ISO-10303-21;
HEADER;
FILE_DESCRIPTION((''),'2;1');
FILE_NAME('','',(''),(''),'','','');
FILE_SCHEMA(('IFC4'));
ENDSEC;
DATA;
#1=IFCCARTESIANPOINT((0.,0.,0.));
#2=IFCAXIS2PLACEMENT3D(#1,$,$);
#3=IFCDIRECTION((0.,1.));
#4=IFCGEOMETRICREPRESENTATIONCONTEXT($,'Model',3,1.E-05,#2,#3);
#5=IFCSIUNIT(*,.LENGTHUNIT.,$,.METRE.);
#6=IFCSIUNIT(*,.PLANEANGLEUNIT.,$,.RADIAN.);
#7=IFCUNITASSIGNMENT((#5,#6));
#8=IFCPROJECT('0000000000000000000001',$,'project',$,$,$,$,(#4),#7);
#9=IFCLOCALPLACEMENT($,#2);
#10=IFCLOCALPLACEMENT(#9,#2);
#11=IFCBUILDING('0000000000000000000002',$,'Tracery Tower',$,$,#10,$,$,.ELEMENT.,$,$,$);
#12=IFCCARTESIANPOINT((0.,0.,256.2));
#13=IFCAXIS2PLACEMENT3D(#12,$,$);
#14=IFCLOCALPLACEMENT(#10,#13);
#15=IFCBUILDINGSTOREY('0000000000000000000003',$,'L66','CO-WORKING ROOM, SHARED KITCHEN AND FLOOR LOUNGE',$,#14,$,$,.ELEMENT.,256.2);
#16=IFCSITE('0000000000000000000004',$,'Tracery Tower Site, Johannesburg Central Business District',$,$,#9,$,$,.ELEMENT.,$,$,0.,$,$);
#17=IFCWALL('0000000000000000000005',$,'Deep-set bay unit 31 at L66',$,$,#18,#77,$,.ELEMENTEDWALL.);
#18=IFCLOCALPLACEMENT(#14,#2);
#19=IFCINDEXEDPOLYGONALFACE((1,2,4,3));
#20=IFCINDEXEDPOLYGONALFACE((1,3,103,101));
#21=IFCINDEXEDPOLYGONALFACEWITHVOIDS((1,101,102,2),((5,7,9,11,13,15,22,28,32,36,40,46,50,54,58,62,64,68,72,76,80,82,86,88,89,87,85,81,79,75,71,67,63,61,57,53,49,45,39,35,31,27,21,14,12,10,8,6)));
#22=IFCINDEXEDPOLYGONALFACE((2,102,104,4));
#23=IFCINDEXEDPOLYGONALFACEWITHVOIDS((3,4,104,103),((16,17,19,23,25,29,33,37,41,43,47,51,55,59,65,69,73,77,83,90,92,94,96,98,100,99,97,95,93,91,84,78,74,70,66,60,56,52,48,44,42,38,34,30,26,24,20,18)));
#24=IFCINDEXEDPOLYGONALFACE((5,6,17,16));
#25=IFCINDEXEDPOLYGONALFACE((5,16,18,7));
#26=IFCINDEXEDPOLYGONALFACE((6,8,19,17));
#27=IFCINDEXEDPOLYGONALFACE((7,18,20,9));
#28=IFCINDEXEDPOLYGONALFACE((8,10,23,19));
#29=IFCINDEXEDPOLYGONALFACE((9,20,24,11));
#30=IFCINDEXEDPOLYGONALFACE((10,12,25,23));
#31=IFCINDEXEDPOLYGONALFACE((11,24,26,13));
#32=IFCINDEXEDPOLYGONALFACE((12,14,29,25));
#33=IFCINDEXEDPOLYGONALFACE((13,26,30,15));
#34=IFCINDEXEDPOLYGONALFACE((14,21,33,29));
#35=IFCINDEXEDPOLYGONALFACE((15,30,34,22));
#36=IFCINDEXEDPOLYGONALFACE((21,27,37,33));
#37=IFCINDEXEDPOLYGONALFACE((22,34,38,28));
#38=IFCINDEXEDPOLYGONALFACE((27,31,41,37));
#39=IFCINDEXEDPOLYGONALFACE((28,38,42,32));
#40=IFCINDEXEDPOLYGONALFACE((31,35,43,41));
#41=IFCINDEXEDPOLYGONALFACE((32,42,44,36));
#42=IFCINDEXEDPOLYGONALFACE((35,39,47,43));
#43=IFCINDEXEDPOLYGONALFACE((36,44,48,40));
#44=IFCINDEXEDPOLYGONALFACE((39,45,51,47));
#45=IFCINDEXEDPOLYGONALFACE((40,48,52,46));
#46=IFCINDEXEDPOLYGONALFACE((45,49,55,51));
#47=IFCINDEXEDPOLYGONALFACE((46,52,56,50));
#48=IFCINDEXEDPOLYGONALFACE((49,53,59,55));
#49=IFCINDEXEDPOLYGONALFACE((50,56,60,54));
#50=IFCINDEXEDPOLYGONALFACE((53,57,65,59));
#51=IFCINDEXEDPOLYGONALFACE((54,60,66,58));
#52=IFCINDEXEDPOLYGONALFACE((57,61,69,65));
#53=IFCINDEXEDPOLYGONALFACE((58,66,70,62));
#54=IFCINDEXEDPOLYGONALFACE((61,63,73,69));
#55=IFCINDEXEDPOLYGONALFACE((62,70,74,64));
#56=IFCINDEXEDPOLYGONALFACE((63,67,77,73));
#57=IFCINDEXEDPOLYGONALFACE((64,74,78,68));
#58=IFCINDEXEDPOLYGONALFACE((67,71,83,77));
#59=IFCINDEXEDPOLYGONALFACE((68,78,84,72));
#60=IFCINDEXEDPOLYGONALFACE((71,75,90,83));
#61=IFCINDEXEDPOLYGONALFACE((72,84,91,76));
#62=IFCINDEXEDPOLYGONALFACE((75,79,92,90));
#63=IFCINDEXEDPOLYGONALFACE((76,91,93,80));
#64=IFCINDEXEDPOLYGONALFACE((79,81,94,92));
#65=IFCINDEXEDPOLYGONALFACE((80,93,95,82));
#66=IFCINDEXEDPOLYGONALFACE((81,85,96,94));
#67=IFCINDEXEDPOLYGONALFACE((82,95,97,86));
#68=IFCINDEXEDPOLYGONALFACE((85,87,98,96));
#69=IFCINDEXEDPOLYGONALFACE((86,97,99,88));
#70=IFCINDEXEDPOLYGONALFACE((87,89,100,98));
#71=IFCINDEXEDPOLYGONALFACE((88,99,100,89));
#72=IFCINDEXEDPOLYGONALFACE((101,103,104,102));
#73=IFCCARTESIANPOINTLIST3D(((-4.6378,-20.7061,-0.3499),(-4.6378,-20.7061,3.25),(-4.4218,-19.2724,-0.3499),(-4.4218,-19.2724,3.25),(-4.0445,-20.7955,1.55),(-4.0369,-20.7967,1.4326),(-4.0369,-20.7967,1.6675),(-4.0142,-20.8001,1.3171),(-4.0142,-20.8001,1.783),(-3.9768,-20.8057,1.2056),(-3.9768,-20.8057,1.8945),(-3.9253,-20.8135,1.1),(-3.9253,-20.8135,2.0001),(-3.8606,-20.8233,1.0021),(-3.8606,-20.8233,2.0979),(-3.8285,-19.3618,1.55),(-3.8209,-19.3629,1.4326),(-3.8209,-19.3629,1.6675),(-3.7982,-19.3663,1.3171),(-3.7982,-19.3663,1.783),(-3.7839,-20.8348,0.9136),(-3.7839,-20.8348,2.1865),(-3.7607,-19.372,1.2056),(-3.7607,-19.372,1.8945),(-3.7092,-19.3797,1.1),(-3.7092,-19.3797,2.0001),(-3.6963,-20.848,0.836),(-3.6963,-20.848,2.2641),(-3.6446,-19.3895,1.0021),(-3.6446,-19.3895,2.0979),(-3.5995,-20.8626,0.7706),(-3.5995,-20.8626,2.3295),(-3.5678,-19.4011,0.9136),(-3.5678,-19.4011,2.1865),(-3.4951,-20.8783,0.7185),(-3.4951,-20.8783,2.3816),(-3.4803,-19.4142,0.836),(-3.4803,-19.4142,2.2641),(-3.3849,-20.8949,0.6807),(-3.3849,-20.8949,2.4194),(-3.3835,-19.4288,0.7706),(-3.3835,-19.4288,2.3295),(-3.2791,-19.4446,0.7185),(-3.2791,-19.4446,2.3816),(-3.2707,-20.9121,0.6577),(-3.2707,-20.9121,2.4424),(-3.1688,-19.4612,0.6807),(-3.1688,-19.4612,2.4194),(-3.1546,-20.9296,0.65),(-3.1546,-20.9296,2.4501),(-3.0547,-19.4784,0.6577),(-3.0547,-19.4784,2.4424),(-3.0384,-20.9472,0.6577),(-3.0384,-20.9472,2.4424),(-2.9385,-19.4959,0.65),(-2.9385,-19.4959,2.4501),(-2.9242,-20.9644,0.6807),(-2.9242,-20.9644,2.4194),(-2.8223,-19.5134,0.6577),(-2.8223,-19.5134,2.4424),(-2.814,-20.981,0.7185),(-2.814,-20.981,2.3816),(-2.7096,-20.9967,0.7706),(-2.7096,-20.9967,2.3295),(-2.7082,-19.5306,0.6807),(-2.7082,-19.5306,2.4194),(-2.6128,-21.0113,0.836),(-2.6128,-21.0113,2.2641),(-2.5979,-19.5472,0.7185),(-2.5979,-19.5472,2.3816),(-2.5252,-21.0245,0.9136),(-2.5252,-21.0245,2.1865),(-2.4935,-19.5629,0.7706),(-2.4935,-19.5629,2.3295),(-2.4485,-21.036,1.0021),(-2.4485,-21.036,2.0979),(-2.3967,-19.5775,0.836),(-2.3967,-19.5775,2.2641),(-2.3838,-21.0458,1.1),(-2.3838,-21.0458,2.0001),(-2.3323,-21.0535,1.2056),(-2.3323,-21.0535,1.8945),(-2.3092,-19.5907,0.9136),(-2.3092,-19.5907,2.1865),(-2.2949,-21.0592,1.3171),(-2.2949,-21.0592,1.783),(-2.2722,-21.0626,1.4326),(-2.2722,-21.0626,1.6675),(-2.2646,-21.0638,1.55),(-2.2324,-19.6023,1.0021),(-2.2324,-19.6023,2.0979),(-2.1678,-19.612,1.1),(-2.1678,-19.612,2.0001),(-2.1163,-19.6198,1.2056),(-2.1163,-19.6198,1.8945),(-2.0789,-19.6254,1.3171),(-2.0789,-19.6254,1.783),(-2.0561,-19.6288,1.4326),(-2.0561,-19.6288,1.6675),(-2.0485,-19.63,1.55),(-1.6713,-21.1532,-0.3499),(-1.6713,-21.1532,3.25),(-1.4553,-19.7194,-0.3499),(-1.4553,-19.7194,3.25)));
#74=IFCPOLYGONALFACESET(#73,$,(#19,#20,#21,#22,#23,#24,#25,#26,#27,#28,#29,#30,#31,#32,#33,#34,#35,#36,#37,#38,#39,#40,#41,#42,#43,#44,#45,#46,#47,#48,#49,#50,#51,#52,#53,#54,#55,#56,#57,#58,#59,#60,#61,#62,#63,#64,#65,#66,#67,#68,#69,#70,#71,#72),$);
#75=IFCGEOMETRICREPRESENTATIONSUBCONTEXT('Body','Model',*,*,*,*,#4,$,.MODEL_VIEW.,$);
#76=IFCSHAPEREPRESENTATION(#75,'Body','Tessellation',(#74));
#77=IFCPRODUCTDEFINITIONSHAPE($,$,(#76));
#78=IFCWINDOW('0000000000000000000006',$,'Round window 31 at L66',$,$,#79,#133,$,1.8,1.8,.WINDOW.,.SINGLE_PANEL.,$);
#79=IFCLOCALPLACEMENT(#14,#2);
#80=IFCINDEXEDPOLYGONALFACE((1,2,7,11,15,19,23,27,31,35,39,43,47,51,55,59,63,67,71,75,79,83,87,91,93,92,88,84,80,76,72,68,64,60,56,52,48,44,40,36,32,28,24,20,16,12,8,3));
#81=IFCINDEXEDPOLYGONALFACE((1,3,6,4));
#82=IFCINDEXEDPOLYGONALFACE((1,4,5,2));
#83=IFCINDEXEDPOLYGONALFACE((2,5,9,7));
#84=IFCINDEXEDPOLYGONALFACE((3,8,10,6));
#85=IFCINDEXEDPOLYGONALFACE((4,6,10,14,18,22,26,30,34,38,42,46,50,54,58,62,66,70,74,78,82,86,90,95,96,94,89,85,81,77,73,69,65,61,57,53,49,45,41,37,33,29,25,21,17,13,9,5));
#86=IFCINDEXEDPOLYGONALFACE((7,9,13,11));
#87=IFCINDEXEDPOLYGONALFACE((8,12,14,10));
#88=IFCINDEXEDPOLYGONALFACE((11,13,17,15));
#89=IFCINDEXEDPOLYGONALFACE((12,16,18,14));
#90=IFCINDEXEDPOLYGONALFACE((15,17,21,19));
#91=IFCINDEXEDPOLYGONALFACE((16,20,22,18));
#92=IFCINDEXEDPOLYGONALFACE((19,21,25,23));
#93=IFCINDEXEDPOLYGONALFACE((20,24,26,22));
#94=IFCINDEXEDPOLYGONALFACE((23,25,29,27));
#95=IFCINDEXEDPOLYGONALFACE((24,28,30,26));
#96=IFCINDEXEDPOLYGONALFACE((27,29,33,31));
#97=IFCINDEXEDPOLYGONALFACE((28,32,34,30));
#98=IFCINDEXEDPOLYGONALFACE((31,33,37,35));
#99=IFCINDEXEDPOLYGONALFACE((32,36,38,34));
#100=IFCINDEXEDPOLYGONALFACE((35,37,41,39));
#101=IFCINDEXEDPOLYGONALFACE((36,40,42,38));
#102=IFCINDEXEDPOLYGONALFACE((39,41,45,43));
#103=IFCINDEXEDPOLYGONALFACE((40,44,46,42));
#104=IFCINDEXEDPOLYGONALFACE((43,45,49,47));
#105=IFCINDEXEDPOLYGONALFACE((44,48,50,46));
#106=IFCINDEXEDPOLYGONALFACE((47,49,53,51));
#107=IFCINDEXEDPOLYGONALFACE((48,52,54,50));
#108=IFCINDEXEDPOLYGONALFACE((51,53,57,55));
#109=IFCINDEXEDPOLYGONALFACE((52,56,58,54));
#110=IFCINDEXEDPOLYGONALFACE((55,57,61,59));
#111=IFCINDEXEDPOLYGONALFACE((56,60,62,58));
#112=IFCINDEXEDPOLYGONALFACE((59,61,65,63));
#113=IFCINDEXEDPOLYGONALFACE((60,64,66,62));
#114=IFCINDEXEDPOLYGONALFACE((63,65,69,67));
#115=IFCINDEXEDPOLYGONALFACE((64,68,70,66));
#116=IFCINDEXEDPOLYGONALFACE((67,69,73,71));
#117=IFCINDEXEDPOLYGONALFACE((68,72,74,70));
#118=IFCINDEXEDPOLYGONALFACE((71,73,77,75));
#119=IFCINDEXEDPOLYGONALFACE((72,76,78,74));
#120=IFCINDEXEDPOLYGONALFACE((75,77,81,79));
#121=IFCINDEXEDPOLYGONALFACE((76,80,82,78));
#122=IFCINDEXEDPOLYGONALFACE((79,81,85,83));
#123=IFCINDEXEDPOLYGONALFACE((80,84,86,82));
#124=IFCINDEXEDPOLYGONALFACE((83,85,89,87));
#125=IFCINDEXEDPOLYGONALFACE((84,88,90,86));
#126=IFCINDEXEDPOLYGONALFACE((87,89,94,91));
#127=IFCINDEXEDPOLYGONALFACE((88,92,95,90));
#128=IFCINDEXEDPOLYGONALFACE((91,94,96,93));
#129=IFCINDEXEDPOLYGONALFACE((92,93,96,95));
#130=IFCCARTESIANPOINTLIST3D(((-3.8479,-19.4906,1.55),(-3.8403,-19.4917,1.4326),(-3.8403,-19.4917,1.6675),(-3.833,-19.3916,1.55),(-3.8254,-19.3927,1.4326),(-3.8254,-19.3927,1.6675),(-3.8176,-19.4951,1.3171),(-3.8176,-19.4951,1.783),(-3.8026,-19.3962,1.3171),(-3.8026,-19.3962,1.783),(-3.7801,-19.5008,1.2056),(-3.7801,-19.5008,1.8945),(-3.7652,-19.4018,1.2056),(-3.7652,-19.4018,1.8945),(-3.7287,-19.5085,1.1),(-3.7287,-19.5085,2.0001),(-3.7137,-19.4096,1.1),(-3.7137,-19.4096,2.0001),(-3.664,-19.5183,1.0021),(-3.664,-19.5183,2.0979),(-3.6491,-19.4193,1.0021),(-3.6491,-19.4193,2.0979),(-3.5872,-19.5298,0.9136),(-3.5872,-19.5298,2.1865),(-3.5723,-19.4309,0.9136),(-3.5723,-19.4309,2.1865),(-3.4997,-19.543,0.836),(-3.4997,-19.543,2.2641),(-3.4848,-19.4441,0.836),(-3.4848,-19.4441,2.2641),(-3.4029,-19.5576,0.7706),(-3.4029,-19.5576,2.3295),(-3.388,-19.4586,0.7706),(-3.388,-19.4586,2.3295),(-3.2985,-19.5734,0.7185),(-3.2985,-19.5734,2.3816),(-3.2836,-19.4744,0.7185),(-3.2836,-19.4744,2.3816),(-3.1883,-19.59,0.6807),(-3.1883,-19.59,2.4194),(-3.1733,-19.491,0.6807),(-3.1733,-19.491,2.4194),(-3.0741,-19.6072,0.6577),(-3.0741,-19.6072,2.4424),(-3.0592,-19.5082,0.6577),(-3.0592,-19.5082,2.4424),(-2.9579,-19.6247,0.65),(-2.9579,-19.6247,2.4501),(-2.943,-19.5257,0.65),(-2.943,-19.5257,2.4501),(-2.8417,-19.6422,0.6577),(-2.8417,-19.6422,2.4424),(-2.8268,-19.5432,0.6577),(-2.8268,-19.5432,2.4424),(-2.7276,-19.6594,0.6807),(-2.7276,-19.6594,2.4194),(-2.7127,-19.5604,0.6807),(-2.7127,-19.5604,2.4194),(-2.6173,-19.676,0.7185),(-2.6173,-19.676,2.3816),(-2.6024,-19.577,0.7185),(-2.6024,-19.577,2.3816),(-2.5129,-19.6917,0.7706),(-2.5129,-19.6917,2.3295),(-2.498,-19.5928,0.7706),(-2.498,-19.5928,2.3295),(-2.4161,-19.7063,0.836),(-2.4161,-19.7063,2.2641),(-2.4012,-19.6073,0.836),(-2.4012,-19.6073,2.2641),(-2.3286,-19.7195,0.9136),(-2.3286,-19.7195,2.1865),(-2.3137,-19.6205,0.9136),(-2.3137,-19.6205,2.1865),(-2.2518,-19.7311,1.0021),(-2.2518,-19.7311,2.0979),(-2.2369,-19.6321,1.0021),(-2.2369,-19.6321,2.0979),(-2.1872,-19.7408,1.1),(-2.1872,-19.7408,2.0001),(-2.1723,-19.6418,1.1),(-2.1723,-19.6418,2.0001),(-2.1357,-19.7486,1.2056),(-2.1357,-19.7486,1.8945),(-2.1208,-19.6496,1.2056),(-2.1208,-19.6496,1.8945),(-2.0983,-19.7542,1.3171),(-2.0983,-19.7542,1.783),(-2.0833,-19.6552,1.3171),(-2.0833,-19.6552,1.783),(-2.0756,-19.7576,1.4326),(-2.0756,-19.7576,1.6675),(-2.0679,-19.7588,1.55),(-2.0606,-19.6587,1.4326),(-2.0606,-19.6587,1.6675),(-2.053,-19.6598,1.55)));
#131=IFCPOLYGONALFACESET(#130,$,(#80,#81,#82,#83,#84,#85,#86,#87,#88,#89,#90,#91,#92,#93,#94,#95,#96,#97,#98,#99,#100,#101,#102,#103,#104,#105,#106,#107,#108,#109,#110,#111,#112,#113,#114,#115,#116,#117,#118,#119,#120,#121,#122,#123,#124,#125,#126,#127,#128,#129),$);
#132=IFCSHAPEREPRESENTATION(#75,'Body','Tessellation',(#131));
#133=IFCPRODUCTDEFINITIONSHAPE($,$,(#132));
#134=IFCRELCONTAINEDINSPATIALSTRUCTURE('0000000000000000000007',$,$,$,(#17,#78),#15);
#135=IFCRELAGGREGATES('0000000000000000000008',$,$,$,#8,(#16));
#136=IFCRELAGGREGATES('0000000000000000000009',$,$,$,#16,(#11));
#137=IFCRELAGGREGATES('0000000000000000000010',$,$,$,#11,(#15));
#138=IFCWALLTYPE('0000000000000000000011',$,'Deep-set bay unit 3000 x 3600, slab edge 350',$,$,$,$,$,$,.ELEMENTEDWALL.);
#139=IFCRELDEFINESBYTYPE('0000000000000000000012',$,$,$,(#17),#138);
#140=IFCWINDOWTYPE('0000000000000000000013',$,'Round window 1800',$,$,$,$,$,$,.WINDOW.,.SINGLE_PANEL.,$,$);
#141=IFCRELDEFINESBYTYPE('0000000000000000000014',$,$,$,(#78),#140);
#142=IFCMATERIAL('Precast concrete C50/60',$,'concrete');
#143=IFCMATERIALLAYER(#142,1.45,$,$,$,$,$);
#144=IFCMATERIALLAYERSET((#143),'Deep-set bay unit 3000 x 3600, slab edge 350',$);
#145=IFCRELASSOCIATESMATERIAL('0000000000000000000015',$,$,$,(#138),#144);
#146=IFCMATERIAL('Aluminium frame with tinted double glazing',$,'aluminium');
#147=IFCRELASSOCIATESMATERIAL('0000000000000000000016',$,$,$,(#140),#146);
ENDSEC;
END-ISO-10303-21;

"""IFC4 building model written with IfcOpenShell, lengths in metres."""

from ifc_helpers import new_model, si_unit, direction, frame, frame_2d, origin, origin_2d, place, context, subcontext, project, spatial, rectangle, circle, extrude, material, layer, layer_set, type_object, element, fill, save


model = new_model("IFC4")

# Units and contexts
model_context = context("Model", 3, precision=1e-05, world=origin(), true_north=direction((0.0, 1.0)))
body_context = subcontext(model_context, "Body", "Model", "MODEL_VIEW")
ifc_project = project(units=[si_unit("LENGTHUNIT", "METRE"), si_unit("PLANEANGLEUNIT", "RADIAN")], contexts=[model_context])

# Site, building, storey
site_placement = place(None, origin())
site = spatial("IfcSite", under=ifc_project, at=site_placement, Name="Tracery Tower Site, Johannesburg Central Business District", CompositionType="ELEMENT", RefElevation=0.0)
building_placement = place(site_placement, origin())
building = spatial("IfcBuilding", under=site, at=building_placement, Name="Tracery Tower", CompositionType="ELEMENT")
storey_placement = place(building_placement, frame((0.0, 0.0, 256.2)))
storey = spatial("IfcBuildingStorey", under=building, at=storey_placement, Name="L66", Description="CO-WORKING ROOM, SHARED KITCHEN AND FLOOR LOUNGE", CompositionType="ELEMENT", Elevation=256.2)

# Wall, opening, window
ifc_material_1 = material(Name="Precast concrete C50/60", Category="concrete")
ifc_layer_1 = layer(ifc_material_1, 1.45)
ifc_layer_set_1 = layer_set([ifc_layer_1], Name="Deep-set bay unit 3000 x 3600, slab edge 350")
wall_type_1 = type_object("IfcWallType", Name="Deep-set bay unit 3000 x 3600, slab edge 350", PredefinedType="ELEMENTEDWALL", material=ifc_layer_set_1)
wall_1_placement = place(storey_placement, frame((-4.5298, -19.9893, -0.3499), z_axis=(0.0, 0.0, 1.0), x_axis=(0.988836, -0.149005, 0.0)))
wall_1 = element("IfcWall", 1, at=wall_1_placement, inside=storey, type_object=wall_type_1, Name="Deep-set bay unit 31 at L66", PredefinedType="ELEMENTEDWALL", context=body_context, shape_type="SweptSolid", body=[
    extrude(rectangle(XDim=3.0, YDim=1.45, at=frame_2d((1.5, 0.0))), origin(), (0.0, 0.0, 1.0), 3.5999),
])
opening_1_placement = place(wall_1_placement, frame((1.5, 0.0, 1.8999)))
opening_1 = element("IfcOpeningElement", 2, at=opening_1_placement, cuts=wall_1, PredefinedType="OPENING", context=body_context, shape_type="SweptSolid", body=[
    extrude(circle(Radius=0.9, at=origin_2d()), frame((0.0, 0.7349, 0.0), z_axis=(0.0, -1.0, 0.0), x_axis=(1.0, 0.0, 0.0)), (0.0, 0.0, 1.0), 1.47),
])
ifc_material_2 = material(Name="Aluminium frame with tinted double glazing", Category="aluminium")
window_type = type_object("IfcWindowType", Name="Round window 1800", PartitioningType="SINGLE_PANEL", PredefinedType="WINDOW", material=ifc_material_2)
window_1_placement = place(opening_1_placement, origin())
window_1 = element("IfcWindow", 3, at=window_1_placement, inside=storey, type_object=window_type, Name="Round window 31 at L66", OverallHeight=1.8, OverallWidth=1.8, PartitioningType="SINGLE_PANEL", PredefinedType="WINDOW", context=body_context, shape_type="SweptSolid", body=[
    extrude(circle(Radius=0.9, at=origin_2d()), frame((0.0, 0.6948, 0.0), z_axis=(0.0, -1.0, 0.0), x_axis=(1.0, 0.0, 0.0)), (0.0, 0.0, 1.0), 0.1001),
])
fill(opening_1, window_1)

save(model, "model.ifc")
